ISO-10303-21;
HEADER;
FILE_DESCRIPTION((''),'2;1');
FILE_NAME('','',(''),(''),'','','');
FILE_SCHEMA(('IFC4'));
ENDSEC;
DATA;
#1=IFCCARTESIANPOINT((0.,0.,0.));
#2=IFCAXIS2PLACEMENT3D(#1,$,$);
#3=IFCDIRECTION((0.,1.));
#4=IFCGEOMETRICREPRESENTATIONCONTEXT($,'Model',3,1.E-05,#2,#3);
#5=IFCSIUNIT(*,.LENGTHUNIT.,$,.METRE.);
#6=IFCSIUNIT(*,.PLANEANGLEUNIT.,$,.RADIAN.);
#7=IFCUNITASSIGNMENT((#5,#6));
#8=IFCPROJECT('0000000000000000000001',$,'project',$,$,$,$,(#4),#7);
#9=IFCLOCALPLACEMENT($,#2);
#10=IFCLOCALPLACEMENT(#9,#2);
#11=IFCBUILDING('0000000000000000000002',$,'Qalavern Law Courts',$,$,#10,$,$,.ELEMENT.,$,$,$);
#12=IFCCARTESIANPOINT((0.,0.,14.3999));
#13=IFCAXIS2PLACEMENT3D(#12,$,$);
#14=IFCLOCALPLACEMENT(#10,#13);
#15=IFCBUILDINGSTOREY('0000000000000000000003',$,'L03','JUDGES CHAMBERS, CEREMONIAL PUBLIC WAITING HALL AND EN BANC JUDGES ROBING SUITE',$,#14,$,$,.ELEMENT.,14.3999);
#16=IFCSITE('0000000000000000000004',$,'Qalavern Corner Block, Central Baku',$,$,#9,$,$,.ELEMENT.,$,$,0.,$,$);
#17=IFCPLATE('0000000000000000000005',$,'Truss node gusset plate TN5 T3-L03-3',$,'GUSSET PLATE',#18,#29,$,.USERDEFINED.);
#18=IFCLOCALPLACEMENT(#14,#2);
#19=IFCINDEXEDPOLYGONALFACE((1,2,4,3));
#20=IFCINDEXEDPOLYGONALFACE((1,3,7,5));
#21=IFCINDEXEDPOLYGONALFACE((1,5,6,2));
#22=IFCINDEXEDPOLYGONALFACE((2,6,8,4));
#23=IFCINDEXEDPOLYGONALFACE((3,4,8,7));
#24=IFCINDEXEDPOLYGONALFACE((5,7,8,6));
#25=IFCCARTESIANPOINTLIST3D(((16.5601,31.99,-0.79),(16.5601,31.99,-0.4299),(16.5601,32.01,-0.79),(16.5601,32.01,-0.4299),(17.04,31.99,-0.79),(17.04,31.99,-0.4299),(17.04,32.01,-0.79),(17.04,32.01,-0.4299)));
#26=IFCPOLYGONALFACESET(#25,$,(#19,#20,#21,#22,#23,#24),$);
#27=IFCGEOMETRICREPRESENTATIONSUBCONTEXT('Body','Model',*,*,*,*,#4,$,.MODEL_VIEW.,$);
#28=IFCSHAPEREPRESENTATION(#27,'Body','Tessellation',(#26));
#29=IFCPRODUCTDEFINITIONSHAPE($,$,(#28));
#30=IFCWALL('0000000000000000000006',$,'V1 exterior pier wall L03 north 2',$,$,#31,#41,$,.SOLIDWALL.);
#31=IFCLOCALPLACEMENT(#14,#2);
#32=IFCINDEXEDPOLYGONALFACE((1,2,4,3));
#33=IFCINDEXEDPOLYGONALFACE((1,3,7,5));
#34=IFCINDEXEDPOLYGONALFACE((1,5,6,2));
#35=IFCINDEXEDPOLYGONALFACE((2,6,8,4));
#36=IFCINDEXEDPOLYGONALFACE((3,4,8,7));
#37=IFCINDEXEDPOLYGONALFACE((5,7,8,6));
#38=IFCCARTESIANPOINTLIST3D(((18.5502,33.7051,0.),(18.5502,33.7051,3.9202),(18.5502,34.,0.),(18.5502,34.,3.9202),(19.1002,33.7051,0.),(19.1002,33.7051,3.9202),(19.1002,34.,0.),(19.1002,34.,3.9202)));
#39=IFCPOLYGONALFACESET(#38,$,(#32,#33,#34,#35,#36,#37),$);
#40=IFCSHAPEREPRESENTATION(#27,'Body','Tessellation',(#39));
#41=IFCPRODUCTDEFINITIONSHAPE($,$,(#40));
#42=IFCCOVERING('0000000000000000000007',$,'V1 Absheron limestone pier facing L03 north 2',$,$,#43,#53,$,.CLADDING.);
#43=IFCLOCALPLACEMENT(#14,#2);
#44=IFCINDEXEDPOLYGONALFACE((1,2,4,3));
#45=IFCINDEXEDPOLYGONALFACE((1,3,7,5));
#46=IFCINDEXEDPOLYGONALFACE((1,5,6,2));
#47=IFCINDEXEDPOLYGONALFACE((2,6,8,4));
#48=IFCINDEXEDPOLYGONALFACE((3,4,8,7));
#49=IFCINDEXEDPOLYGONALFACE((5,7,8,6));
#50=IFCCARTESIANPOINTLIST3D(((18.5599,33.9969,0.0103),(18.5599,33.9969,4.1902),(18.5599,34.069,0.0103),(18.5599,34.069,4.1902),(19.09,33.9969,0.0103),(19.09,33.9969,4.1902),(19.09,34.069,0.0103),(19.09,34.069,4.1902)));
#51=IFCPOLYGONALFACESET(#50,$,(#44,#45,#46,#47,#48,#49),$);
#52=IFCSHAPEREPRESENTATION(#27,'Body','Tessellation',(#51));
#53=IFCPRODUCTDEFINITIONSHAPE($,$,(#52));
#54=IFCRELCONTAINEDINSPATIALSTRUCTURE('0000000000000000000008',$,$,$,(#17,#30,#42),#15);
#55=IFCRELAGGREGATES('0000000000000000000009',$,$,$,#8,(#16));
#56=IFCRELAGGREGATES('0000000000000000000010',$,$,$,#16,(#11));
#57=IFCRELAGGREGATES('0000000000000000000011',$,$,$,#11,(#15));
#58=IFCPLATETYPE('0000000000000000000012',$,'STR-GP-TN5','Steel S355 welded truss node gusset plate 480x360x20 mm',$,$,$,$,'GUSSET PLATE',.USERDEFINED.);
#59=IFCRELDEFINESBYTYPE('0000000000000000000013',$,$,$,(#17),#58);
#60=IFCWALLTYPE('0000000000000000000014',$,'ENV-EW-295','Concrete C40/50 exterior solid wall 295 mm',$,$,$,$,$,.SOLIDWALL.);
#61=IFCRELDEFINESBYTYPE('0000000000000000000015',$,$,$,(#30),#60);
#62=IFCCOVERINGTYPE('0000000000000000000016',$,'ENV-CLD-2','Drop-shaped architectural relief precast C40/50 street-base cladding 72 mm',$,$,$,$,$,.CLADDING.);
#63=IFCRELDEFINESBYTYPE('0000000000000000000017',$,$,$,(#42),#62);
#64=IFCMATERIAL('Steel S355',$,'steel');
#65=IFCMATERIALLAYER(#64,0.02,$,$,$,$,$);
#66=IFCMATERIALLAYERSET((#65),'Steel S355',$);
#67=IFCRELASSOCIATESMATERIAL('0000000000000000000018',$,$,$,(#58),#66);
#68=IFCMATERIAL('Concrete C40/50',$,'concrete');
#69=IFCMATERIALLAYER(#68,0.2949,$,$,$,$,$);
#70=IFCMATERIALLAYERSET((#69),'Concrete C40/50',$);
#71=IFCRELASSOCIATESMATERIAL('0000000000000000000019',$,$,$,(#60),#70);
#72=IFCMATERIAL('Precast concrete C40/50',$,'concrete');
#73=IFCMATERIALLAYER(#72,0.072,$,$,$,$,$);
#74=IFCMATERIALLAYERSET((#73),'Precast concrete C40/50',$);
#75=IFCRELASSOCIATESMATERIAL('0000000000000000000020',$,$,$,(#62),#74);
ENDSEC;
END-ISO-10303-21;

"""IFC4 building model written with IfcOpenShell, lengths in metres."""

from ifc_helpers import new_model, si_unit, direction, frame, frame_2d, origin, origin_2d, place, context, subcontext, project, spatial, rectangle, extrude, material, layer, layer_set, type_object, element, save


model = new_model("IFC4")

# Units and contexts
model_context = context("Model", 3, precision=1e-05, world=origin(), true_north=direction((0.0, 1.0)))
body_context = subcontext(model_context, "Body", "Model", "MODEL_VIEW")
ifc_project = project(units=[si_unit("LENGTHUNIT", "METRE"), si_unit("PLANEANGLEUNIT", "RADIAN")], contexts=[model_context])

# Site, building, storey
site_placement = place(None, origin())
site = spatial("IfcSite", under=ifc_project, at=site_placement, Name="Qalavern Corner Block, Central Baku", CompositionType="ELEMENT", RefElevation=0.0)
building_placement = place(site_placement, origin())
building = spatial("IfcBuilding", under=site, at=building_placement, Name="Qalavern Law Courts", CompositionType="ELEMENT")
storey_placement = place(building_placement, frame((0.0, 0.0, 14.3999)))
storey = spatial("IfcBuildingStorey", under=building, at=storey_placement, Name="L03", Description="JUDGES CHAMBERS, CEREMONIAL PUBLIC WAITING HALL AND EN BANC JUDGES ROBING SUITE", CompositionType="ELEMENT", Elevation=14.3999)

# Shared definitions
ifc_material_1 = material(Name="Steel S355", Category="steel")

# Plate
ifc_layer_1 = layer(ifc_material_1, 0.02)
ifc_layer_set_1 = layer_set([ifc_layer_1], Name="Steel S355")
plate_type_1 = type_object("IfcPlateType", Name="STR-GP-TN5", Description="Steel S355 welded truss node gusset plate 480x360x20 mm", ElementType="GUSSET PLATE", PredefinedType="USERDEFINED", material=ifc_layer_set_1)
plate_1_placement = place(storey_placement, frame((16.8, 32.0, -0.79), z_axis=(0.0, 0.0, 1.0), x_axis=(1.0, 0.0, 0.0)))
element("IfcPlate", 1, at=plate_1_placement, inside=storey, type_object=plate_type_1, Name="Truss node gusset plate TN5 T3-L03-3", ObjectType="GUSSET PLATE", PredefinedType="USERDEFINED", context=body_context, shape_type="SweptSolid", body=[
    extrude(rectangle(XDim=0.48, YDim=0.02, at=origin_2d()), origin(), (0.0, 0.0, 1.0), 0.3601),
])

# Wall
ifc_material_2 = material(Name="Concrete C40/50", Category="concrete")
ifc_layer_2 = layer(ifc_material_2, 0.2949)
ifc_layer_set_2 = layer_set([ifc_layer_2], Name="Concrete C40/50")
wall_type = type_object("IfcWallType", Name="ENV-EW-295", Description="Concrete C40/50 exterior solid wall 295 mm", PredefinedType="SOLIDWALL", material=ifc_layer_set_2)
wall_placement = place(storey_placement, frame((19.1001, 33.8525, 0.0), z_axis=(0.0, 0.0, 1.0), x_axis=(-1.0, 0.0, 0.0)))
element("IfcWall", 2, at=wall_placement, inside=storey, type_object=wall_type, Name="V1 exterior pier wall L03 north 2", PredefinedType="SOLIDWALL", context=body_context, shape_type="SweptSolid", body=[
    extrude(rectangle(XDim=0.55, YDim=0.2949, at=frame_2d((0.2749, 0.0))), origin(), (0.0, 0.0, 1.0), 3.9202),
])

# Covering
ifc_material_3 = material(Name="Precast concrete C40/50", Category="concrete")
ifc_layer_3 = layer(ifc_material_3, 0.072)
ifc_layer_set_3 = layer_set([ifc_layer_3], Name="Precast concrete C40/50")
covering_type = type_object("IfcCoveringType", Name="ENV-CLD-2", Description="Drop-shaped architectural relief precast C40/50 street-base cladding 72 mm", PredefinedType="CLADDING", material=ifc_layer_set_3)
covering_placement = place(storey_placement, frame((18.825, 34.033, 0.0103), z_axis=(0.0, 0.0, 1.0), x_axis=(-1.0, 0.0, 0.0)))
element("IfcCovering", 3, at=covering_placement, inside=storey, type_object=covering_type, Name="V1 Absheron limestone pier facing L03 north 2", PredefinedType="CLADDING", context=body_context, shape_type="SweptSolid", body=[
    extrude(rectangle(XDim=0.53, YDim=0.072, at=origin_2d()), origin(), (0.0, 0.0, 1.0), 4.1799),
])

save(model, "model.ifc")
